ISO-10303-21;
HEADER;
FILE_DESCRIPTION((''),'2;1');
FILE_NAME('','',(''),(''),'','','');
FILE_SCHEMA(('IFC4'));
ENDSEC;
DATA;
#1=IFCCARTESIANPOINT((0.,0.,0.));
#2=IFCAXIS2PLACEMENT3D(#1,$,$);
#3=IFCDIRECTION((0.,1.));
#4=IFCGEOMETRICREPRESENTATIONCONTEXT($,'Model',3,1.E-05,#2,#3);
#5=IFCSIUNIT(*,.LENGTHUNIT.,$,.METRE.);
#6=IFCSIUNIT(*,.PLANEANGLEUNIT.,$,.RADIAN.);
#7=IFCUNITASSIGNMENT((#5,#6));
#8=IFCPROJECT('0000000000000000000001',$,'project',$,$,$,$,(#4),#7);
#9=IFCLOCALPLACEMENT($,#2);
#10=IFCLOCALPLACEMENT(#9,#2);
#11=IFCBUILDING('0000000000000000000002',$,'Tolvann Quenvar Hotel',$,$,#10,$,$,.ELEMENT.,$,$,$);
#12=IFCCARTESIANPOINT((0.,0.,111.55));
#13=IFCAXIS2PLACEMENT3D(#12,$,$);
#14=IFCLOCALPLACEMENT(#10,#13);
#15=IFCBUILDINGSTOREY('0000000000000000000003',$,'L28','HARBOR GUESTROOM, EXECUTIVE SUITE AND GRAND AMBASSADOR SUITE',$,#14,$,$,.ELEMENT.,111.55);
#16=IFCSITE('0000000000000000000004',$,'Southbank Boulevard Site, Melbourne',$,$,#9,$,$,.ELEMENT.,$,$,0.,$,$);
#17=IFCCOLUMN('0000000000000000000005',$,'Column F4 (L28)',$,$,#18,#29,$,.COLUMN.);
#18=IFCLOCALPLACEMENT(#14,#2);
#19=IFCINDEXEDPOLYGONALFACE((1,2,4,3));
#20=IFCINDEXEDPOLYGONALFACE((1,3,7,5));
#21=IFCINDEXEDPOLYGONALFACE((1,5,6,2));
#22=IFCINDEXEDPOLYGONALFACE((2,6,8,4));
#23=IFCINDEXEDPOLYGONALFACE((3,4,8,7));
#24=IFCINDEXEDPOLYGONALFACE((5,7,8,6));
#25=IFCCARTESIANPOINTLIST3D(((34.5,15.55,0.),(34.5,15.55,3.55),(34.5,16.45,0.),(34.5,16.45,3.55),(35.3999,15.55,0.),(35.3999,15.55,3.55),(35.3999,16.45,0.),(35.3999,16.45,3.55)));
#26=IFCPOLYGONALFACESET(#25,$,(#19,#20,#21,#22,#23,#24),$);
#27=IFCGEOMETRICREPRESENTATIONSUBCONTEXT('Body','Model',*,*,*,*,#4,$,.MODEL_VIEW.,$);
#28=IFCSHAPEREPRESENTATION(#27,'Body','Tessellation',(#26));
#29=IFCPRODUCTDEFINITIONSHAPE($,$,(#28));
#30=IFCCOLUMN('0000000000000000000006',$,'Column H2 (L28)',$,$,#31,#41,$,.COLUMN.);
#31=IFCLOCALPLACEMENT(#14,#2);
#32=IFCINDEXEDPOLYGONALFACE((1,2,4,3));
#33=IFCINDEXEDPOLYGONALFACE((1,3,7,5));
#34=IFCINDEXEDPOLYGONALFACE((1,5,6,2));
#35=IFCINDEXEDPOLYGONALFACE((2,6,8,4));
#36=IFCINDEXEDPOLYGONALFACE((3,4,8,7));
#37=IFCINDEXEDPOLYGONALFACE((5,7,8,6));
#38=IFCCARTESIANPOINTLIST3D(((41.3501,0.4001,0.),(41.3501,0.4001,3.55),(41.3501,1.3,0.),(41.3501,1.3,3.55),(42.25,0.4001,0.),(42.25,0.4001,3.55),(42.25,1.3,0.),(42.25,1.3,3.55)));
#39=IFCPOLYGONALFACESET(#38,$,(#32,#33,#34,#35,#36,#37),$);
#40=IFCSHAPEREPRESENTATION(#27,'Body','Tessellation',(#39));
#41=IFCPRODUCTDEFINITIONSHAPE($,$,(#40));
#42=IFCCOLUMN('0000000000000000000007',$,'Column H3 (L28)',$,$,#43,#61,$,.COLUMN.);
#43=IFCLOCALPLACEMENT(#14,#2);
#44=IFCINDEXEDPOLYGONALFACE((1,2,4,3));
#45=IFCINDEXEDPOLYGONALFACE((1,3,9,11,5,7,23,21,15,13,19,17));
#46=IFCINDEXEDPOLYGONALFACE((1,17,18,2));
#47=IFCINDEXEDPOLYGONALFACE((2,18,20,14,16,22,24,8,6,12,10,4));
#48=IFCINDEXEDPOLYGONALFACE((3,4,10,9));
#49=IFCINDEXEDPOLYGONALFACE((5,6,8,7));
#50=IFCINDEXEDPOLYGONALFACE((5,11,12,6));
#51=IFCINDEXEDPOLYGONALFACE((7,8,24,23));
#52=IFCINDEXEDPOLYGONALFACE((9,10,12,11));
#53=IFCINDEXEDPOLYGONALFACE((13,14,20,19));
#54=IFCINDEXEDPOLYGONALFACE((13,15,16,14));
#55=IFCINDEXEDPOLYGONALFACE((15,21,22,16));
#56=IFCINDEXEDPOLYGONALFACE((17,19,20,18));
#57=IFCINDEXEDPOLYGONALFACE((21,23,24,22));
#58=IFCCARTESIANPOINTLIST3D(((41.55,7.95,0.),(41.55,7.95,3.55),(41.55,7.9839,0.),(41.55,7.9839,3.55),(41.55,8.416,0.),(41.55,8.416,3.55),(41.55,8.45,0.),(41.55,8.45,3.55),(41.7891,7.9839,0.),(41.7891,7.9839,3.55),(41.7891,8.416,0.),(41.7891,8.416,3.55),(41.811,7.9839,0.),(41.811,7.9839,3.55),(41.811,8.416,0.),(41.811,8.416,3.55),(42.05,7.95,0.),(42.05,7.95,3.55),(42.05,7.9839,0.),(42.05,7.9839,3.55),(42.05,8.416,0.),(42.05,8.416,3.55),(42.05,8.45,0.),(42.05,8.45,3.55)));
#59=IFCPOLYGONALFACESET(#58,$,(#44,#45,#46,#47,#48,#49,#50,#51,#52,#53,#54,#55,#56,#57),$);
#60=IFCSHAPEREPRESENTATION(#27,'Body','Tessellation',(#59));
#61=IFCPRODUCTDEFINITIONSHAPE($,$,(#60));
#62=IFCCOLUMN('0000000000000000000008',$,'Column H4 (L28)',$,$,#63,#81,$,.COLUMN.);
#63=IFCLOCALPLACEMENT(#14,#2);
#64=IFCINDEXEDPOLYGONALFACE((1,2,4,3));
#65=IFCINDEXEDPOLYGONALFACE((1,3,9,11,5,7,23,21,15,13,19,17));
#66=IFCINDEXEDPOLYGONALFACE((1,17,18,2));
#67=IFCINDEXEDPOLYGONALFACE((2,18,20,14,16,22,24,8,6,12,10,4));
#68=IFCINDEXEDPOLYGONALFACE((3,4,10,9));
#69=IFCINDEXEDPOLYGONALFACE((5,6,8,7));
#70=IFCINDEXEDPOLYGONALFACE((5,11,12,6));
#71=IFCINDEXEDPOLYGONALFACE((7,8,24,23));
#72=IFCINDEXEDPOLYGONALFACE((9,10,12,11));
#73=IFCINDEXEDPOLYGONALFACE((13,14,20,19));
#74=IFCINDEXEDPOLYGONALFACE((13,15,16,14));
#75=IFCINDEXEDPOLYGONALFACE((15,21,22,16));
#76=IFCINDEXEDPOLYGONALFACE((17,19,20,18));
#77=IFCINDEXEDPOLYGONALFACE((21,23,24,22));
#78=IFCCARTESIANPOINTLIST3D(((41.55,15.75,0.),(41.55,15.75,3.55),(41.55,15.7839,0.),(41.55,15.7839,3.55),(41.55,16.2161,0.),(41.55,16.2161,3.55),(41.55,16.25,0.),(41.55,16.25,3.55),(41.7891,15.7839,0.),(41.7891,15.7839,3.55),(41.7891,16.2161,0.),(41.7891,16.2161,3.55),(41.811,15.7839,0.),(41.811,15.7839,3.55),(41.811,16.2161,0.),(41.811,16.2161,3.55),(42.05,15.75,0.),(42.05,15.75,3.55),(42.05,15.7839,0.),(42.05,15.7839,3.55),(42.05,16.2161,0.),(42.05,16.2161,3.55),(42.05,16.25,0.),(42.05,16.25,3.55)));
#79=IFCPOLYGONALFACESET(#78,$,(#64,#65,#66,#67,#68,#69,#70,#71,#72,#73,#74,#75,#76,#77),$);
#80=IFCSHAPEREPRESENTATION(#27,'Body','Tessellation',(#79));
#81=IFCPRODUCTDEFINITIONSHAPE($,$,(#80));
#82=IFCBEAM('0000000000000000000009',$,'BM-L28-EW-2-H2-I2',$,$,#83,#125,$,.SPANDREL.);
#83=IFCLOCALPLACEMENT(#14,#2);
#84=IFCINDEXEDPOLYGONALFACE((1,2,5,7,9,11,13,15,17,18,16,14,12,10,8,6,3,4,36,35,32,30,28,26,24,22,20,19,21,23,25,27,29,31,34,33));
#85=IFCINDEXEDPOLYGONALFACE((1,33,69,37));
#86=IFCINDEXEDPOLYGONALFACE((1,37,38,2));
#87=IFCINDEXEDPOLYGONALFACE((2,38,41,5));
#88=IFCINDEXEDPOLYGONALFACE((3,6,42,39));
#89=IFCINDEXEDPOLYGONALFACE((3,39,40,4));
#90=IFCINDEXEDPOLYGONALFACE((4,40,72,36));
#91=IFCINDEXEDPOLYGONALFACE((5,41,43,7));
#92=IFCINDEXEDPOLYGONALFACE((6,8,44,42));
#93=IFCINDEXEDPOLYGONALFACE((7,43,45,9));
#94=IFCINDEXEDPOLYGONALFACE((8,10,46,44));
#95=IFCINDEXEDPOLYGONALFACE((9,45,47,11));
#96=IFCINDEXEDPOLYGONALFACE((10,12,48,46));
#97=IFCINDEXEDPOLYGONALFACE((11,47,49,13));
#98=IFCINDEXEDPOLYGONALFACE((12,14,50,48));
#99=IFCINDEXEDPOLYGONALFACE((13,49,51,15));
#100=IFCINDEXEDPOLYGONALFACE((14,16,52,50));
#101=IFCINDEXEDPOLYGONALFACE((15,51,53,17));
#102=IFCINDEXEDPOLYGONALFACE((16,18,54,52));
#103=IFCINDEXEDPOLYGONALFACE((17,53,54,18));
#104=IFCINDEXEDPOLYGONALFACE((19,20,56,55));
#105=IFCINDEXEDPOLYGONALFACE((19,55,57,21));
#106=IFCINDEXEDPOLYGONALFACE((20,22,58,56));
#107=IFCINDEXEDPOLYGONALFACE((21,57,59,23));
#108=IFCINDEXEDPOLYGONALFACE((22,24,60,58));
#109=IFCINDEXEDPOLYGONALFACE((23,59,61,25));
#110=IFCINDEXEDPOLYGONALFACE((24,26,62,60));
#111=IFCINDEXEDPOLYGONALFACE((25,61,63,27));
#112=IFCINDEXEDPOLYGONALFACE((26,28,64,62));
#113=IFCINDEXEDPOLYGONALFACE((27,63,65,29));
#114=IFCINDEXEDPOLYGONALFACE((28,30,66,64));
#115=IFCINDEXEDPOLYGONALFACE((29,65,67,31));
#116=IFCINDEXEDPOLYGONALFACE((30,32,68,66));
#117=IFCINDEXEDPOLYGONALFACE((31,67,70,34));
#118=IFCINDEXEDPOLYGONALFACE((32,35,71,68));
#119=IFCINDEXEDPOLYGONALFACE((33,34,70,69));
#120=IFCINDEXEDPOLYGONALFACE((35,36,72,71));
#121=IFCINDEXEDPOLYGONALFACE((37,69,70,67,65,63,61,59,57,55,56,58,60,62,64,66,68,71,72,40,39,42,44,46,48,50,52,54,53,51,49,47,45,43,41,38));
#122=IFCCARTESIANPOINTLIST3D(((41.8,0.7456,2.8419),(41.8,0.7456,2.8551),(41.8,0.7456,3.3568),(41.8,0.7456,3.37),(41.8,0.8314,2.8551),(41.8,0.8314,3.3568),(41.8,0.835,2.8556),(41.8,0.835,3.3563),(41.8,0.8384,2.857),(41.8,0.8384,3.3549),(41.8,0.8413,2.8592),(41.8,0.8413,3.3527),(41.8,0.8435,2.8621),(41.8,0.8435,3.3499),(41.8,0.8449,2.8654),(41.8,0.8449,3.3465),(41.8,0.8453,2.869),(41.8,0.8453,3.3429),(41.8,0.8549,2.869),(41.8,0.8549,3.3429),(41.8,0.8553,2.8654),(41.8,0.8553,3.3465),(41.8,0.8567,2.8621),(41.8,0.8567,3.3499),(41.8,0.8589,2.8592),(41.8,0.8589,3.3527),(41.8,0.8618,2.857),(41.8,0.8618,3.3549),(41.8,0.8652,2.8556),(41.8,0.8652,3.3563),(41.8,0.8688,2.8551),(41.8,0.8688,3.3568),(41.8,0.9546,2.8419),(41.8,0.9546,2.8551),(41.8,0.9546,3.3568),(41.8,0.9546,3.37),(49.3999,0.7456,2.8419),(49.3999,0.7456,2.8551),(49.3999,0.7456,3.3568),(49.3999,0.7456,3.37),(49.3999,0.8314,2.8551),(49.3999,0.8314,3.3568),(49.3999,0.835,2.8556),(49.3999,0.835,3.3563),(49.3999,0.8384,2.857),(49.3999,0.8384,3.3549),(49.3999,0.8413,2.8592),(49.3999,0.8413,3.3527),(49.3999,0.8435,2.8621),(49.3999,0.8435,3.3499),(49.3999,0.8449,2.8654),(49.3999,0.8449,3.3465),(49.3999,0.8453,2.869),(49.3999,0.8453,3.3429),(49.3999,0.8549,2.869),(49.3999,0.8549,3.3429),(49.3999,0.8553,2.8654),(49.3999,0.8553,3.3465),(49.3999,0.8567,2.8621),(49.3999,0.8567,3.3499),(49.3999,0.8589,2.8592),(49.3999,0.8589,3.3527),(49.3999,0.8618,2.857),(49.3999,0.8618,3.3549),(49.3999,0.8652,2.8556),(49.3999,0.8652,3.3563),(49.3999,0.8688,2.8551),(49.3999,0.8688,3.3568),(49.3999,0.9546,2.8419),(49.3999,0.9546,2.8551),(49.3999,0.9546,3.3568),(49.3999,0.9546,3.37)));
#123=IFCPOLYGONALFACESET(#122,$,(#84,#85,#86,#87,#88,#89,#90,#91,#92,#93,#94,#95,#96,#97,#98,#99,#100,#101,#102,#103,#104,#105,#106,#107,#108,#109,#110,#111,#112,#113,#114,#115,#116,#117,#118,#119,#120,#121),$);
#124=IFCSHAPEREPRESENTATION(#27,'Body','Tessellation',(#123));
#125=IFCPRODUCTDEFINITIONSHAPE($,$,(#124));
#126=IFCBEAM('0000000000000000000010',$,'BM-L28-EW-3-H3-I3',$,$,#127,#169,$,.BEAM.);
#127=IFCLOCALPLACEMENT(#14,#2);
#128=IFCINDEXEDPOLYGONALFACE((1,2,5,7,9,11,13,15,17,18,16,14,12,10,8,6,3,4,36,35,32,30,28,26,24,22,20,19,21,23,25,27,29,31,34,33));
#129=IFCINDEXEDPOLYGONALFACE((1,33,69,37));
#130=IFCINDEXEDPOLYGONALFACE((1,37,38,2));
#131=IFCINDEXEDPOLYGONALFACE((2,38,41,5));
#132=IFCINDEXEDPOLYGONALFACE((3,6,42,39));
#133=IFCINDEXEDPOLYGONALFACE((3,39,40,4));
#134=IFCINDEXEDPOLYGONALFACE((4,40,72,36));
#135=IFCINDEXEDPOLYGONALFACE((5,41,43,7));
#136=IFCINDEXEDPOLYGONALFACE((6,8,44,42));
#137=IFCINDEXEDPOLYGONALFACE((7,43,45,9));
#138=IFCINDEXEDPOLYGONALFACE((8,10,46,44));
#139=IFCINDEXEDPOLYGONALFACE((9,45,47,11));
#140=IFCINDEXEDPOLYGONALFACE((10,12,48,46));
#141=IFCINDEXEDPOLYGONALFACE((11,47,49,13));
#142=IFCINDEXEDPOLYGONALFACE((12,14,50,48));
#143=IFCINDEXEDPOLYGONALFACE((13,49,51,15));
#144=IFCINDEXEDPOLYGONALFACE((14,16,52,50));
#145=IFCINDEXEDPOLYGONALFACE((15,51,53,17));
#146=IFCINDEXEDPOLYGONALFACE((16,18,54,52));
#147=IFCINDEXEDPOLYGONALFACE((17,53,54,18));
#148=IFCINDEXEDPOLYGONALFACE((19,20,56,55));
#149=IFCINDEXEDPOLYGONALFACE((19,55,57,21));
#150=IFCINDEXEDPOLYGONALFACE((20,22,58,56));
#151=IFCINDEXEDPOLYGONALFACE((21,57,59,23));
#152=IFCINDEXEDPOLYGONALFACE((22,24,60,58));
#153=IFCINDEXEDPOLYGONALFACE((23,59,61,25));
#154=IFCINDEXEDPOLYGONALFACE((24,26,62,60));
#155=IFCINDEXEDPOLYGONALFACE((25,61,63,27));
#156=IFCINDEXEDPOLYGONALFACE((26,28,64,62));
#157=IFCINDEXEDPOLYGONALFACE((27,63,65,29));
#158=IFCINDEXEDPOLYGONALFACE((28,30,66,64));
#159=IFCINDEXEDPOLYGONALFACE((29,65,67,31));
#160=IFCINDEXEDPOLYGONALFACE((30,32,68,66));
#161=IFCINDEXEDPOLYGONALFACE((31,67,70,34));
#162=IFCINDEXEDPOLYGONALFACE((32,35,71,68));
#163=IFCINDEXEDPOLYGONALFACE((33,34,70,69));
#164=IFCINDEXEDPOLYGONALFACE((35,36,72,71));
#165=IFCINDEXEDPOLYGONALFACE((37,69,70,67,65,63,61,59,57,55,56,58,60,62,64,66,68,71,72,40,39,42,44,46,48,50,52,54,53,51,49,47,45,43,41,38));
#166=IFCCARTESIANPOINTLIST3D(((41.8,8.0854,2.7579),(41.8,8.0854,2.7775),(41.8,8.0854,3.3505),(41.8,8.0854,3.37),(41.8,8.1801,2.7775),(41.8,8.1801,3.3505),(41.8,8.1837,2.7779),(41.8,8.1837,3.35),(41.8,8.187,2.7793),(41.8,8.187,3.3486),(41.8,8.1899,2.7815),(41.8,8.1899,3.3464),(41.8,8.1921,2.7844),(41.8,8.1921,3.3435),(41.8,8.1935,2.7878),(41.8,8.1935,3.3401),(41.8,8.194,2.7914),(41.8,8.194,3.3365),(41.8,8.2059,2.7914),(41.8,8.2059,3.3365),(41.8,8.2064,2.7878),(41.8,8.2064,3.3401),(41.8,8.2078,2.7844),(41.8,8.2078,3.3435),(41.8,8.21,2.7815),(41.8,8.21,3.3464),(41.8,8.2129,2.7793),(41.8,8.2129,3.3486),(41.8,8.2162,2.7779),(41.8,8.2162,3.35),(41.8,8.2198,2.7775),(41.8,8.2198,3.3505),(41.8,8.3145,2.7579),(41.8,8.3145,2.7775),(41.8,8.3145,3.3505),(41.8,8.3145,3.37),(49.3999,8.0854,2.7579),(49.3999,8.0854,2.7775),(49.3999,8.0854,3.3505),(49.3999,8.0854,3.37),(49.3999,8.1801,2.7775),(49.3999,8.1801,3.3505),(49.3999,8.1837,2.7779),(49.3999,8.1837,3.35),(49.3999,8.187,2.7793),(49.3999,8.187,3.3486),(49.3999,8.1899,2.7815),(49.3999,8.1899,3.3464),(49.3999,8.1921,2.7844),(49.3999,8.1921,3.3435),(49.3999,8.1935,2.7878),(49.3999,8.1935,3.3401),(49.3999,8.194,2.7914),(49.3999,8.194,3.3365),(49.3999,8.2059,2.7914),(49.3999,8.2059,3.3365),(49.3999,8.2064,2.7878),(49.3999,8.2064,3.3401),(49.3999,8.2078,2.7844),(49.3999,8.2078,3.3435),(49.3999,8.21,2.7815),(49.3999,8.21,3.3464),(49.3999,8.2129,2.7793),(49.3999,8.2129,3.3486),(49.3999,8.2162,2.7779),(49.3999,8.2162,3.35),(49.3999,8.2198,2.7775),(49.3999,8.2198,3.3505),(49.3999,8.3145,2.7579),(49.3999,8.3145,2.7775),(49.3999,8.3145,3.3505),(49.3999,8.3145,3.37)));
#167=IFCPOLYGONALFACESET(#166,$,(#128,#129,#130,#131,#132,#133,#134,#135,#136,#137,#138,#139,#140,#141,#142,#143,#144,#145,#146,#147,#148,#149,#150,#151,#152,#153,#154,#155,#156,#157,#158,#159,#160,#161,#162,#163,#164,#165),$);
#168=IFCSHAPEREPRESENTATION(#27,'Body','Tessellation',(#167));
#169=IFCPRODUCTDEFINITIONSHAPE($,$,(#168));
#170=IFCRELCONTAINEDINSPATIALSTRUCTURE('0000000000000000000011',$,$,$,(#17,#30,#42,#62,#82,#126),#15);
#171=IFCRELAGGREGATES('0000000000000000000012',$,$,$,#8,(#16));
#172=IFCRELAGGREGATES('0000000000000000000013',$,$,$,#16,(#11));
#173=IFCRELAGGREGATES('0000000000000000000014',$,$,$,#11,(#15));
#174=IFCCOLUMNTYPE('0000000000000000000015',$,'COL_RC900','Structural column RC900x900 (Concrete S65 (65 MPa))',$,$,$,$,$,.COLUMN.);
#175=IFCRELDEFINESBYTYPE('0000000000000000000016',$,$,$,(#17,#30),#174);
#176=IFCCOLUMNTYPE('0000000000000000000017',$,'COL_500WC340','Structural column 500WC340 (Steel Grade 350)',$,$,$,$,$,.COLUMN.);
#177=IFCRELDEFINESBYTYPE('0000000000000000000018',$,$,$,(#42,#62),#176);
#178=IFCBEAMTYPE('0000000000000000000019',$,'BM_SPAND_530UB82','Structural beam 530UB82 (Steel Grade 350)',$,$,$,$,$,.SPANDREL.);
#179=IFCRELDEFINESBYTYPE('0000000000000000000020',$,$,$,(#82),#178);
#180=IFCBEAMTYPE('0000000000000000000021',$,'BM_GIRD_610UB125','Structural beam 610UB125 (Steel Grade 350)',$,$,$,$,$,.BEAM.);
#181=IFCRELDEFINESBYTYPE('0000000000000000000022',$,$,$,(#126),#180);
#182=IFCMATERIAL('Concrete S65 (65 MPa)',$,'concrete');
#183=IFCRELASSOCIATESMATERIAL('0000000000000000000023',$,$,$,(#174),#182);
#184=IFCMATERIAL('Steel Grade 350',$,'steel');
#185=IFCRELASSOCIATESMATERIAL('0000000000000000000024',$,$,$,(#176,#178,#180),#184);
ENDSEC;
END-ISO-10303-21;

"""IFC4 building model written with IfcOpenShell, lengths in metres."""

from ifc_helpers import new_model, si_unit, direction, frame, origin, origin_2d, place, context, subcontext, project, spatial, rectangle, i_section, extrude, source, transform, mapped, material, material_profile, profile_set, type_object, type_shapes, element, save


model = new_model("IFC4")

# Units and contexts
model_context = context("Model", 3, precision=1e-05, world=origin(), true_north=direction((0.0, 1.0)))
body_context = subcontext(model_context, "Body", "Model", "MODEL_VIEW")
ifc_project = project(units=[si_unit("LENGTHUNIT", "METRE"), si_unit("PLANEANGLEUNIT", "RADIAN")], contexts=[model_context])

# Site, building, storey
site_placement = place(None, origin())
site = spatial("IfcSite", under=ifc_project, at=site_placement, Name="Southbank Boulevard Site, Melbourne", CompositionType="ELEMENT", RefElevation=0.0)
building_placement = place(site_placement, origin())
building = spatial("IfcBuilding", under=site, at=building_placement, Name="Tolvann Quenvar Hotel", CompositionType="ELEMENT")
storey_placement = place(building_placement, frame((0.0, 0.0, 111.55)))
storey = spatial("IfcBuildingStorey", under=building, at=storey_placement, Name="L28", Description="HARBOR GUESTROOM, EXECUTIVE SUITE AND GRAND AMBASSADOR SUITE", CompositionType="ELEMENT", Elevation=111.55)

# Columns
ifc_material_1 = material(Name="Concrete S65 (65 MPa)", Category="concrete")
ifc_material_profile_1 = material_profile(ifc_material_1, rectangle(XDim=0.8999, YDim=0.8999, at=origin_2d()), Name="RC900x900")
ifc_profile_set_1 = profile_set([ifc_material_profile_1], Name="Concrete S65 (65 MPa)")
column_type_1 = type_object("IfcColumnType", Name="COL_RC900", Description="Structural column RC900x900 (Concrete S65 (65 MPa))", PredefinedType="COLUMN", material=ifc_profile_set_1)
shared_shape_1 = source(origin(), body_context, "Body", "SweptSolid", [
    extrude(rectangle(XDim=0.8999, YDim=0.8999, at=origin_2d()), origin(), (0.0, 0.0, 1.0), 3.55),
])
type_shapes(column_type_1, [shared_shape_1])
for number, where, z_axis, x_axis, name in (
    (1, (34.95, 16.0, 0.0), (0.0, 0.0, 1.0), (1.0, 0.0, 0.0), "Column F4 (L28)"),
    (2, (41.8, 0.8501, 0.0), (0.0, 0.0, 1.0), (1.0, 0.0, 0.0), "Column H2 (L28)"),
):
    element("IfcColumn", number, at=place(storey_placement, frame(where, z_axis=z_axis, x_axis=x_axis)), inside=storey, type_object=column_type_1, Name=name, PredefinedType="COLUMN", context=body_context, shape_type="MappedRepresentation", body=[
        mapped(shared_shape_1, transform((0.0, 0.0, 0.0), x_axis=(1.0, 0.0, 0.0), y_axis=(0.0, 1.0, 0.0), z_axis=(0.0, 0.0, 1.0), scale=1.0)),
    ])
ifc_material_2 = material(Name="Steel Grade 350", Category="steel")
ifc_material_profile_2 = material_profile(ifc_material_2, i_section(OverallWidth=0.5, OverallDepth=0.5, WebThickness=0.022, FlangeThickness=0.0339, at=origin_2d()), Name="500WC340")
ifc_profile_set_2 = profile_set([ifc_material_profile_2], Name="Steel Grade 350")
column_type_2 = type_object("IfcColumnType", Name="COL_500WC340", Description="Structural column 500WC340 (Steel Grade 350)", PredefinedType="COLUMN", material=ifc_profile_set_2)
shared_shape_2 = source(origin(), body_context, "Body", "SweptSolid", [
    extrude(i_section(OverallWidth=0.5, OverallDepth=0.5, WebThickness=0.022, FlangeThickness=0.0339, at=origin_2d()), origin(), (0.0, 0.0, 1.0), 3.55),
])
type_shapes(column_type_2, [shared_shape_2])
for number, where, z_axis, x_axis, name in (
    (3, (41.8, 8.2, 0.0), (0.0, 0.0, 1.0), (1.0, 0.0, 0.0), "Column H3 (L28)"),
    (4, (41.8, 16.0, 0.0), (0.0, 0.0, 1.0), (1.0, 0.0, 0.0), "Column H4 (L28)"),
):
    element("IfcColumn", number, at=place(storey_placement, frame(where, z_axis=z_axis, x_axis=x_axis)), inside=storey, type_object=column_type_2, Name=name, PredefinedType="COLUMN", context=body_context, shape_type="MappedRepresentation", body=[
        mapped(shared_shape_2, transform((0.0, 0.0, 0.0), x_axis=(1.0, 0.0, 0.0), y_axis=(0.0, 1.0, 0.0), z_axis=(0.0, 0.0, 1.0), scale=1.0)),
    ])

# Beams
ifc_material_profile_3 = material_profile(ifc_material_2, i_section(OverallWidth=0.209, OverallDepth=0.5281, WebThickness=0.0095, FlangeThickness=0.0132, FilletRadius=0.0139, at=origin_2d()), Name="530UB82")
ifc_profile_set_3 = profile_set([ifc_material_profile_3], Name="Steel Grade 350")
beam_type_1 = type_object("IfcBeamType", Name="BM_SPAND_530UB82", Description="Structural beam 530UB82 (Steel Grade 350)", PredefinedType="SPANDREL", material=ifc_profile_set_3)
shared_shape_3 = source(origin(), body_context, "Body", "SweptSolid", [
    extrude(i_section(OverallWidth=0.209, OverallDepth=0.5281, WebThickness=0.0095, FlangeThickness=0.0132, FilletRadius=0.0139, at=origin_2d()), origin(), (0.0, 0.0, 1.0), 7.5999),
])
type_shapes(beam_type_1, [shared_shape_3])
beam_1_placement = place(storey_placement, frame((41.8, 0.8501, 3.106), z_axis=(1.0, 0.0, 0.0), x_axis=(0.0, 1.0, 0.0)))
element("IfcBeam", 5, at=beam_1_placement, inside=storey, type_object=beam_type_1, Name="BM-L28-EW-2-H2-I2", PredefinedType="SPANDREL", context=body_context, shape_type="MappedRepresentation", body=[
    mapped(shared_shape_3, transform((0.0, 0.0, 0.0), x_axis=(1.0, 0.0, 0.0), y_axis=(0.0, 1.0, 0.0), z_axis=(0.0, 0.0, 1.0), scale=1.0)),
])
ifc_material_profile_4 = material_profile(ifc_material_2, i_section(OverallWidth=0.229, OverallDepth=0.6121, WebThickness=0.012, FlangeThickness=0.0195, FilletRadius=0.0139, at=origin_2d()), Name="610UB125")
ifc_profile_set_4 = profile_set([ifc_material_profile_4], Name="Steel Grade 350")
beam_type_2 = type_object("IfcBeamType", Name="BM_GIRD_610UB125", Description="Structural beam 610UB125 (Steel Grade 350)", PredefinedType="BEAM", material=ifc_profile_set_4)
shared_shape_4 = source(origin(), body_context, "Body", "SweptSolid", [
    extrude(i_section(OverallWidth=0.229, OverallDepth=0.6121, WebThickness=0.012, FlangeThickness=0.0195, FilletRadius=0.0139, at=origin_2d()), origin(), (0.0, 0.0, 1.0), 7.5999),
])
beam_2_placement = place(storey_placement, frame((41.8, 8.2, 3.064), z_axis=(1.0, 0.0, 0.0), x_axis=(0.0, 1.0, 0.0)))
element("IfcBeam", 6, at=beam_2_placement, inside=storey, type_object=beam_type_2, Name="BM-L28-EW-3-H3-I3", PredefinedType="BEAM", context=body_context, shape_type="MappedRepresentation", body=[
    mapped(shared_shape_4, transform((0.0, 0.0, 0.0), x_axis=(1.0, 0.0, 0.0), y_axis=(0.0, 1.0, 0.0), z_axis=(0.0, 0.0, 1.0), scale=1.0)),
])

save(model, "model.ifc")
